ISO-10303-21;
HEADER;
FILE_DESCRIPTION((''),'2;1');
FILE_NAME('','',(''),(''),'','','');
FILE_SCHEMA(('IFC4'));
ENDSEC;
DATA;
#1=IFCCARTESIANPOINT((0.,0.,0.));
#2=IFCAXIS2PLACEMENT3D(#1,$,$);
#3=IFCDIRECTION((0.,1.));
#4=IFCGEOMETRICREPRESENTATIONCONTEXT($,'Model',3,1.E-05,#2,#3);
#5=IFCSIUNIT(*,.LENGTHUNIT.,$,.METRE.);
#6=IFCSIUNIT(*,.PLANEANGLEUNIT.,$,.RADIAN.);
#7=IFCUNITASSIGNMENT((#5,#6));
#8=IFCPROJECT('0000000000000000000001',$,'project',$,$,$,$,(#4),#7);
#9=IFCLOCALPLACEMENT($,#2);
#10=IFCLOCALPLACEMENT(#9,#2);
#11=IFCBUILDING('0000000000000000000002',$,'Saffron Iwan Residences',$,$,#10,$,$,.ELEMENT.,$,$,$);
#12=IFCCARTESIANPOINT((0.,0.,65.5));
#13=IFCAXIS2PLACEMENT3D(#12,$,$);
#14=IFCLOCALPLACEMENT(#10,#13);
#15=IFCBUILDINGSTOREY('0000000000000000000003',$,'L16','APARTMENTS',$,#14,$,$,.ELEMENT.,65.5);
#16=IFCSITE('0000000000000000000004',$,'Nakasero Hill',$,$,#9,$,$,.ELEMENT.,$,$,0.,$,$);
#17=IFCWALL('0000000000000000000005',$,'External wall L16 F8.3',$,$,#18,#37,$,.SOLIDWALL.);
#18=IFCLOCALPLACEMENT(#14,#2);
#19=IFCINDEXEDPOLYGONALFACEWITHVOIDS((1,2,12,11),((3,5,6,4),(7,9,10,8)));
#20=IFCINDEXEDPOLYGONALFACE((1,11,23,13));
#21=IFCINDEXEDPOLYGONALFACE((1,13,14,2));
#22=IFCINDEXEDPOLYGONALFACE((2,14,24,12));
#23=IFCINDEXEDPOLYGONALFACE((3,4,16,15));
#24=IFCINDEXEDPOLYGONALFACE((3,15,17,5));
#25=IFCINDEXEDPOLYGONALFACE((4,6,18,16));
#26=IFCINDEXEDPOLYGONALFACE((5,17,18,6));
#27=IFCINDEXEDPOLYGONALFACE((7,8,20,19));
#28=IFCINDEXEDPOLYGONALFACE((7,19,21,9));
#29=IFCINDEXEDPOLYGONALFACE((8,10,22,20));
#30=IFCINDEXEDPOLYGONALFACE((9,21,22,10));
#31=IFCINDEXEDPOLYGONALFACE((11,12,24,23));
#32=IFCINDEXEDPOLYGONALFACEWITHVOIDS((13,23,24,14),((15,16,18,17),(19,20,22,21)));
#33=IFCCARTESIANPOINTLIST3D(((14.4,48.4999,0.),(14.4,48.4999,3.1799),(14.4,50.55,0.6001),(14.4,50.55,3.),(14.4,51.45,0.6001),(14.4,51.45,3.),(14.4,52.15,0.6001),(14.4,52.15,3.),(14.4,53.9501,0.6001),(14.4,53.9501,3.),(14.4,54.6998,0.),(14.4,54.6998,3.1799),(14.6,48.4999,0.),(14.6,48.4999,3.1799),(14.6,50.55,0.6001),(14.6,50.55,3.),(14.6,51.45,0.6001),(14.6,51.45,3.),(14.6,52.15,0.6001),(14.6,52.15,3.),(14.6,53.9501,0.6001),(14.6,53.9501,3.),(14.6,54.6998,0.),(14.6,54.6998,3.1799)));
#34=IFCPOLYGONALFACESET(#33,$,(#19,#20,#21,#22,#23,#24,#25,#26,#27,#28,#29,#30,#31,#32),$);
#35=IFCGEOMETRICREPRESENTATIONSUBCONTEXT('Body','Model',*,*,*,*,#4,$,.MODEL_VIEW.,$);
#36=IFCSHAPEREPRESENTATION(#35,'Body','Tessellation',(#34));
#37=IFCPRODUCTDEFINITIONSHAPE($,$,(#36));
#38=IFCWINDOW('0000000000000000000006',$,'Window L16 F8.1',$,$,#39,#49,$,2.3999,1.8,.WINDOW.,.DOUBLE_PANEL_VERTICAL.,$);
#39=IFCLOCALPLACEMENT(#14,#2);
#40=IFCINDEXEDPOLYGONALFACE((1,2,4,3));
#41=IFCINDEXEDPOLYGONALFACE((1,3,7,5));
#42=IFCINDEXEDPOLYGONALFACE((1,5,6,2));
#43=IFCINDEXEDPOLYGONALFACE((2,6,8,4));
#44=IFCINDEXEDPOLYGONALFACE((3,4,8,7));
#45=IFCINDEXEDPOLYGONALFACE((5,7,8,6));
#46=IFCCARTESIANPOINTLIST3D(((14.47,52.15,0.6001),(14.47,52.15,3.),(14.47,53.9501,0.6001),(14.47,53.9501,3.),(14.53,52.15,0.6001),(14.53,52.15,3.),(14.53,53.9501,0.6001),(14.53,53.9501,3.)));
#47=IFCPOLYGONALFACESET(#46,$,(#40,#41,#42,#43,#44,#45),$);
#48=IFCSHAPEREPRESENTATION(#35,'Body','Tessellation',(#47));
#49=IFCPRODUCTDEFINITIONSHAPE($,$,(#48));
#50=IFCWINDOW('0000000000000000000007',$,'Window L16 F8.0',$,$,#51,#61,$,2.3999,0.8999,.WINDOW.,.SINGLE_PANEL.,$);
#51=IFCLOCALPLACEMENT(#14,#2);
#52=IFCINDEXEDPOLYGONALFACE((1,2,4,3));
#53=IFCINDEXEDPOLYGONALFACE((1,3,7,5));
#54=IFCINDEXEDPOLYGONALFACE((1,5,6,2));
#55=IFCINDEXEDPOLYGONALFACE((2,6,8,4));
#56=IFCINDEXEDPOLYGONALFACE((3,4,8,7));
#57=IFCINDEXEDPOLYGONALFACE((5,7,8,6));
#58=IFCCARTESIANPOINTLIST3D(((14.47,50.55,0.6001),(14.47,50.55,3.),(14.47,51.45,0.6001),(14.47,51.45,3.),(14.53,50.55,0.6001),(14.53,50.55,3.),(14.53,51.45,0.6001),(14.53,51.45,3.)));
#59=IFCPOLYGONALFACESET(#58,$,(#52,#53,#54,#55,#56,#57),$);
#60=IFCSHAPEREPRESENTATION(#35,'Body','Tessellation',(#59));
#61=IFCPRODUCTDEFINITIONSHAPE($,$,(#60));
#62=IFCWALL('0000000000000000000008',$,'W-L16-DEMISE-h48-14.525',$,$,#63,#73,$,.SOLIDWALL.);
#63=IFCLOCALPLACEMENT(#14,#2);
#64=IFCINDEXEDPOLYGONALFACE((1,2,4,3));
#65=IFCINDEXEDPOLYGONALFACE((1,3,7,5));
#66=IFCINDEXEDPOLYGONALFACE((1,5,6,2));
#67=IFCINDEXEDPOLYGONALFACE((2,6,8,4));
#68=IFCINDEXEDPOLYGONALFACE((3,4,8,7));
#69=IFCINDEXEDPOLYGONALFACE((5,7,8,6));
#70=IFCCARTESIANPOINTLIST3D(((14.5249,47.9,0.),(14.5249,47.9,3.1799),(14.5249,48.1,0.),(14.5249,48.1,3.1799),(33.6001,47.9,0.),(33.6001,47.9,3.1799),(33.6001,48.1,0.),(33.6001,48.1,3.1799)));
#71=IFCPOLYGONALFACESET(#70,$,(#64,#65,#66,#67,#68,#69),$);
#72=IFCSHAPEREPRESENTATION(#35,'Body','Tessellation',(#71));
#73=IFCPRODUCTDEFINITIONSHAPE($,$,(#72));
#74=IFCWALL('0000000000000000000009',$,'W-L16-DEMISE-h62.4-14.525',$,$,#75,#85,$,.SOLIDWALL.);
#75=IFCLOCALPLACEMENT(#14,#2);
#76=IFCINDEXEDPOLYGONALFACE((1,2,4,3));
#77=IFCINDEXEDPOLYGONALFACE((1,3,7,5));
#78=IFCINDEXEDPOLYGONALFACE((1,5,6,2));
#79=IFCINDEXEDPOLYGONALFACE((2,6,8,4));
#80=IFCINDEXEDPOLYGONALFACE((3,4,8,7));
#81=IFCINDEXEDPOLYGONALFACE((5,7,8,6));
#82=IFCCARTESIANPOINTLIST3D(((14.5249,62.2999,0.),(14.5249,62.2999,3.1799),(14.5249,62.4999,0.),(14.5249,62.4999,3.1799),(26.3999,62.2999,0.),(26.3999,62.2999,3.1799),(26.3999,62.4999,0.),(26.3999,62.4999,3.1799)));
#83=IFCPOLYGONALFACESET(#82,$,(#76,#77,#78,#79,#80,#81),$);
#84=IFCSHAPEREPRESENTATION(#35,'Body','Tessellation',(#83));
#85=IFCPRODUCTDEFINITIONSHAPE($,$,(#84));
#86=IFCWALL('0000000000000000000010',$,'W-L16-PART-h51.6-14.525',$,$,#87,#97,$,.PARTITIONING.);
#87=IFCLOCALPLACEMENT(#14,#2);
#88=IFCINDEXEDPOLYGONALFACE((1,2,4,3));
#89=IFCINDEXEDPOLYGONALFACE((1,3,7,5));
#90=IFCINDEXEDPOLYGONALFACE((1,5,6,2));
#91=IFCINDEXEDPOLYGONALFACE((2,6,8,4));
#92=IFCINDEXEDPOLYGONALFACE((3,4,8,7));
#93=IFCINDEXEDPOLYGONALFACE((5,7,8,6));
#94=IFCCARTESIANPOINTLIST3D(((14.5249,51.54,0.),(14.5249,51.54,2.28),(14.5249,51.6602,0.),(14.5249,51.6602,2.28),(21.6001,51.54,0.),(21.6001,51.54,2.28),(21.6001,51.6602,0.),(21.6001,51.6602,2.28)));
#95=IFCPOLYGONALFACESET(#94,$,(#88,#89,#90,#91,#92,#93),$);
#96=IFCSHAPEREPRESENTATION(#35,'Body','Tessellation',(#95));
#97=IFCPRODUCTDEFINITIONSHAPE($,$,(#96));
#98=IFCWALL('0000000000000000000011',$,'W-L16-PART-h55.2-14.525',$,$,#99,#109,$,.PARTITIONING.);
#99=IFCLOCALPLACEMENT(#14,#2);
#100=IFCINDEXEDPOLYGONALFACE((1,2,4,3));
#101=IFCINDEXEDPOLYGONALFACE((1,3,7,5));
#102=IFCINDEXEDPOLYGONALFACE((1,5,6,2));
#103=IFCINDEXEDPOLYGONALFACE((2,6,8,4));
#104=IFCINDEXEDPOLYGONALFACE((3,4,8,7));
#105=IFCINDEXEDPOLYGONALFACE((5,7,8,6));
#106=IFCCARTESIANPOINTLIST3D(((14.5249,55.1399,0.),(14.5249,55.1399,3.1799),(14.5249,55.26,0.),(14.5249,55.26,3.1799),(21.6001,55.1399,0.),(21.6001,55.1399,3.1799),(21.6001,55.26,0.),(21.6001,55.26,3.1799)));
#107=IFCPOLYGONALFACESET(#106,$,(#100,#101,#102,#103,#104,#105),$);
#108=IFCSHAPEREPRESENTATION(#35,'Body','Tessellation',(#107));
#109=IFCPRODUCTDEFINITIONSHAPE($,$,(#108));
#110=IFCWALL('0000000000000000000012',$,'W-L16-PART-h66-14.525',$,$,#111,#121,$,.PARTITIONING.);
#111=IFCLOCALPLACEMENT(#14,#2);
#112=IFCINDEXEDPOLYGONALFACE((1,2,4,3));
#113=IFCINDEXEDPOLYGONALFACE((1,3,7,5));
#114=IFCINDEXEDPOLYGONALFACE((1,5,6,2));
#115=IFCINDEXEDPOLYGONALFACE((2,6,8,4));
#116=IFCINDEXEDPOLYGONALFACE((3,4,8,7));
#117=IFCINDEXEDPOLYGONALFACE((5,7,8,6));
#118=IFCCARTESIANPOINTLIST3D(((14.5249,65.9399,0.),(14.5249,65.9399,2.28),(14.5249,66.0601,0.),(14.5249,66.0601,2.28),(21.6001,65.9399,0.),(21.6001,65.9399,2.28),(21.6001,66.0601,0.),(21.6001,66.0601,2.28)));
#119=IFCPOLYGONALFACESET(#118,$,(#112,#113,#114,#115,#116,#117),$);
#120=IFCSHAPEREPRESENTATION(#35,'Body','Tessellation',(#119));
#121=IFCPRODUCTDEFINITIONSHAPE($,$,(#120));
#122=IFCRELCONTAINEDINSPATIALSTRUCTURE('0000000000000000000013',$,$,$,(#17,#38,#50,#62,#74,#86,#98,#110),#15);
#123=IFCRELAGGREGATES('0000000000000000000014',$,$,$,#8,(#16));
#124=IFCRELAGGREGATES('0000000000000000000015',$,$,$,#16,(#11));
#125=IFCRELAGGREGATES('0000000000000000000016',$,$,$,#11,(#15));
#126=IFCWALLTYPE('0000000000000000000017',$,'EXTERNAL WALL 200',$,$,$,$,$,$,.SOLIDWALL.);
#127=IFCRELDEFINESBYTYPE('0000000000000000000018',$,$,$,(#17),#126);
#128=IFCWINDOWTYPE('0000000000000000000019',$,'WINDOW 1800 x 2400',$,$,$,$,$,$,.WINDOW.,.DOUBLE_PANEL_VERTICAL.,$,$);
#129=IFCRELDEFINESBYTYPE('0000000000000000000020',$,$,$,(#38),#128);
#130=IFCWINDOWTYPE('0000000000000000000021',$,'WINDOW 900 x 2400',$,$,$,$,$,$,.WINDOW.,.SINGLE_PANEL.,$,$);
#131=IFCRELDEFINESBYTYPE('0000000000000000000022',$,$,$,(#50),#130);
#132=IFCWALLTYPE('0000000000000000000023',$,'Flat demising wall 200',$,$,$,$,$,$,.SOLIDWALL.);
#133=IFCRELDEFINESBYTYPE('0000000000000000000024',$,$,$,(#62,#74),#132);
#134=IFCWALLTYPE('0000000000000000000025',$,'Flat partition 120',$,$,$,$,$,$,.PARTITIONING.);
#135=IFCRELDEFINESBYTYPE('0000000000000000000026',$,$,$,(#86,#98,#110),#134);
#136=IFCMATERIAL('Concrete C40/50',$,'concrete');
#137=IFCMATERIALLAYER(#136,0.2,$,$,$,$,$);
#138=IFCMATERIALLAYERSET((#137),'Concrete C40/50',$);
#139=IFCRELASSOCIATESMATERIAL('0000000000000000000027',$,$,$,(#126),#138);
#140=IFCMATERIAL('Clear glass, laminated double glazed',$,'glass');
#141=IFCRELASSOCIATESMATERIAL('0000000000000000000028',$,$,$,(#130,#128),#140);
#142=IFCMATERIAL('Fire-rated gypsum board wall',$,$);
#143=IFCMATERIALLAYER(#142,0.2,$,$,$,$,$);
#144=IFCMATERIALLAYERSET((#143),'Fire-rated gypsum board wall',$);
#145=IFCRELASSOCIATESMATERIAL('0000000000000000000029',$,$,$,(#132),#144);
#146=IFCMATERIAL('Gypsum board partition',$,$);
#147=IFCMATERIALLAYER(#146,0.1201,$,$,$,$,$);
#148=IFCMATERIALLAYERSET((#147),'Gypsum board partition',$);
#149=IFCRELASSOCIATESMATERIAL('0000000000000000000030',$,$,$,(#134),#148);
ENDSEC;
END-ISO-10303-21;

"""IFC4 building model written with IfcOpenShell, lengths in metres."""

from ifc_helpers import new_model, si_unit, direction, frame, frame_2d, origin, place, context, subcontext, project, spatial, rectangle, extrude, material, layer, layer_set, type_object, element, fill, save


model = new_model("IFC4")

# Units and contexts
model_context = context("Model", 3, precision=1e-05, world=origin(), true_north=direction((0.0, 1.0)))
body_context = subcontext(model_context, "Body", "Model", "MODEL_VIEW")
ifc_project = project(units=[si_unit("LENGTHUNIT", "METRE"), si_unit("PLANEANGLEUNIT", "RADIAN")], contexts=[model_context])

# Site, building, storey
site_placement = place(None, origin())
site = spatial("IfcSite", under=ifc_project, at=site_placement, Name="Nakasero Hill", CompositionType="ELEMENT", RefElevation=0.0)
building_placement = place(site_placement, origin())
building = spatial("IfcBuilding", under=site, at=building_placement, Name="Saffron Iwan Residences", CompositionType="ELEMENT")
storey_placement = place(building_placement, frame((0.0, 0.0, 65.5)))
storey = spatial("IfcBuildingStorey", under=building, at=storey_placement, Name="L16", Description="APARTMENTS", CompositionType="ELEMENT", Elevation=65.5)

# Shared definitions
ifc_material_1 = material(Name="Concrete C40/50", Category="concrete")
ifc_layer_1 = layer(ifc_material_1, 0.2)
ifc_layer_set_1 = layer_set([ifc_layer_1], Name="Concrete C40/50")
wall_type_1 = type_object("IfcWallType", Name="EXTERNAL WALL 200", PredefinedType="SOLIDWALL", material=ifc_layer_set_1)
ifc_material_2 = material(Name="Clear glass, laminated double glazed", Category="glass")
window_type_1 = type_object("IfcWindowType", Name="WINDOW 900 x 2400", PartitioningType="SINGLE_PANEL", PredefinedType="WINDOW", material=ifc_material_2)

# Wall, openings, windows
wall_1_placement = place(storey_placement, frame((14.5, 54.7, 0.0), z_axis=(0.0, 0.0, 1.0), x_axis=(0.0, -1.0, 0.0)))
wall_1 = element("IfcWall", 1, at=wall_1_placement, inside=storey, type_object=wall_type_1, Name="External wall L16 F8.3", PredefinedType="SOLIDWALL", context=body_context, shape_type="SweptSolid", body=[
    extrude(rectangle(XDim=6.2, YDim=0.2, at=frame_2d((3.1001, 0.0))), origin(), (0.0, 0.0, 1.0), 3.1799),
])
opening_1_placement = place(wall_1_placement, frame((3.25, 0.0, 0.6001)))
opening_1 = element("IfcOpeningElement", 2, at=opening_1_placement, cuts=wall_1, PredefinedType="OPENING", context=body_context, shape_type="SweptSolid", body=[
    extrude(rectangle(XDim=0.8999, YDim=2.3999, at=frame_2d((0.45, 1.2))), frame((0.0, 0.1099, 0.0), z_axis=(0.0, -1.0, 0.0), x_axis=(1.0, 0.0, 0.0)), (0.0, 0.0, 1.0), 0.22),
])
opening_2_placement = place(wall_1_placement, frame((0.75, 0.0, 0.6001)))
opening_2 = element("IfcOpeningElement", 3, at=opening_2_placement, cuts=wall_1, PredefinedType="OPENING", context=body_context, shape_type="SweptSolid", body=[
    extrude(rectangle(XDim=1.8, YDim=2.3999, at=frame_2d((0.8999, 1.2))), frame((0.0, 0.1099, 0.0), z_axis=(0.0, -1.0, 0.0), x_axis=(1.0, 0.0, 0.0)), (0.0, 0.0, 1.0), 0.22),
])
window_type_2 = type_object("IfcWindowType", Name="WINDOW 1800 x 2400", PartitioningType="DOUBLE_PANEL_VERTICAL", PredefinedType="WINDOW", material=ifc_material_2)
window_1_placement = place(opening_2_placement, origin())
window_1 = element("IfcWindow", 4, at=window_1_placement, inside=storey, type_object=window_type_2, Name="Window L16 F8.1", OverallHeight=2.3999, OverallWidth=1.8, PartitioningType="DOUBLE_PANEL_VERTICAL", PredefinedType="WINDOW", context=body_context, shape_type="SweptSolid", body=[
    extrude(rectangle(XDim=1.8, YDim=2.3999, at=frame_2d((0.8999, 1.2))), frame((0.0, 0.03, 0.0), z_axis=(0.0, -1.0, 0.0), x_axis=(1.0, 0.0, 0.0)), (0.0, 0.0, 1.0), 0.0601),
])
fill(opening_2, window_1)
window_2_placement = place(opening_1_placement, origin())
window_2 = element("IfcWindow", 5, at=window_2_placement, inside=storey, type_object=window_type_1, Name="Window L16 F8.0", OverallHeight=2.3999, OverallWidth=0.8999, PartitioningType="SINGLE_PANEL", PredefinedType="WINDOW", context=body_context, shape_type="SweptSolid", body=[
    extrude(rectangle(XDim=0.8999, YDim=2.3999, at=frame_2d((0.45, 1.2))), frame((0.0, 0.03, 0.0), z_axis=(0.0, -1.0, 0.0), x_axis=(1.0, 0.0, 0.0)), (0.0, 0.0, 1.0), 0.0601),
])
fill(opening_1, window_2)

# Walls
ifc_material_3 = material(Name="Fire-rated gypsum board wall")
ifc_layer_2 = layer(ifc_material_3, 0.2)
ifc_layer_set_2 = layer_set([ifc_layer_2], Name="Fire-rated gypsum board wall")
wall_type_2 = type_object("IfcWallType", Name="Flat demising wall 200", PredefinedType="SOLIDWALL", material=ifc_layer_set_2)
wall_2_placement = place(storey_placement, frame((14.5249, 48.0, 0.0), z_axis=(0.0, 0.0, 1.0), x_axis=(1.0, 0.0, 0.0)))
element("IfcWall", 6, at=wall_2_placement, inside=storey, type_object=wall_type_2, Name="W-L16-DEMISE-h48-14.525", PredefinedType="SOLIDWALL", context=body_context, shape_type="SweptSolid", body=[
    extrude(rectangle(XDim=19.0752, YDim=0.2, at=frame_2d((9.5376, 0.0))), origin(), (0.0, 0.0, 1.0), 3.1799),
])
wall_3_placement = place(storey_placement, frame((14.5249, 62.3999, 0.0), z_axis=(0.0, 0.0, 1.0), x_axis=(1.0, 0.0, 0.0)))
element("IfcWall", 7, at=wall_3_placement, inside=storey, type_object=wall_type_2, Name="W-L16-DEMISE-h62.4-14.525", PredefinedType="SOLIDWALL", context=body_context, shape_type="SweptSolid", body=[
    extrude(rectangle(XDim=11.875, YDim=0.2, at=frame_2d((5.9375, 0.0))), origin(), (0.0, 0.0, 1.0), 3.1799),
])
ifc_material_4 = material(Name="Gypsum board partition")
ifc_layer_3 = layer(ifc_material_4, 0.1201)
ifc_layer_set_3 = layer_set([ifc_layer_3], Name="Gypsum board partition")
wall_type_3 = type_object("IfcWallType", Name="Flat partition 120", PredefinedType="PARTITIONING", material=ifc_layer_set_3)
wall_4_placement = place(storey_placement, frame((14.5249, 51.6001, 0.0), z_axis=(0.0, 0.0, 1.0), x_axis=(1.0, 0.0, 0.0)))
element("IfcWall", 8, at=wall_4_placement, inside=storey, type_object=wall_type_3, Name="W-L16-PART-h51.6-14.525", PredefinedType="PARTITIONING", context=body_context, shape_type="SweptSolid", body=[
    extrude(rectangle(XDim=7.0752, YDim=0.1201, at=frame_2d((3.5376, 0.0))), origin(), (0.0, 0.0, 1.0), 2.28),
])
wall_5_placement = place(storey_placement, frame((14.5249, 55.2, 0.0), z_axis=(0.0, 0.0, 1.0), x_axis=(1.0, 0.0, 0.0)))
element("IfcWall", 9, at=wall_5_placement, inside=storey, type_object=wall_type_3, Name="W-L16-PART-h55.2-14.525", PredefinedType="PARTITIONING", context=body_context, shape_type="SweptSolid", body=[
    extrude(rectangle(XDim=7.0752, YDim=0.1201, at=frame_2d((3.5376, 0.0))), origin(), (0.0, 0.0, 1.0), 3.1799),
])
wall_6_placement = place(storey_placement, frame((14.5249, 66.0, 0.0), z_axis=(0.0, 0.0, 1.0), x_axis=(1.0, 0.0, 0.0)))
element("IfcWall", 10, at=wall_6_placement, inside=storey, type_object=wall_type_3, Name="W-L16-PART-h66-14.525", PredefinedType="PARTITIONING", context=body_context, shape_type="SweptSolid", body=[
    extrude(rectangle(XDim=7.0752, YDim=0.1201, at=frame_2d((3.5376, 0.0))), origin(), (0.0, 0.0, 1.0), 2.28),
])

save(model, "model.ifc")
